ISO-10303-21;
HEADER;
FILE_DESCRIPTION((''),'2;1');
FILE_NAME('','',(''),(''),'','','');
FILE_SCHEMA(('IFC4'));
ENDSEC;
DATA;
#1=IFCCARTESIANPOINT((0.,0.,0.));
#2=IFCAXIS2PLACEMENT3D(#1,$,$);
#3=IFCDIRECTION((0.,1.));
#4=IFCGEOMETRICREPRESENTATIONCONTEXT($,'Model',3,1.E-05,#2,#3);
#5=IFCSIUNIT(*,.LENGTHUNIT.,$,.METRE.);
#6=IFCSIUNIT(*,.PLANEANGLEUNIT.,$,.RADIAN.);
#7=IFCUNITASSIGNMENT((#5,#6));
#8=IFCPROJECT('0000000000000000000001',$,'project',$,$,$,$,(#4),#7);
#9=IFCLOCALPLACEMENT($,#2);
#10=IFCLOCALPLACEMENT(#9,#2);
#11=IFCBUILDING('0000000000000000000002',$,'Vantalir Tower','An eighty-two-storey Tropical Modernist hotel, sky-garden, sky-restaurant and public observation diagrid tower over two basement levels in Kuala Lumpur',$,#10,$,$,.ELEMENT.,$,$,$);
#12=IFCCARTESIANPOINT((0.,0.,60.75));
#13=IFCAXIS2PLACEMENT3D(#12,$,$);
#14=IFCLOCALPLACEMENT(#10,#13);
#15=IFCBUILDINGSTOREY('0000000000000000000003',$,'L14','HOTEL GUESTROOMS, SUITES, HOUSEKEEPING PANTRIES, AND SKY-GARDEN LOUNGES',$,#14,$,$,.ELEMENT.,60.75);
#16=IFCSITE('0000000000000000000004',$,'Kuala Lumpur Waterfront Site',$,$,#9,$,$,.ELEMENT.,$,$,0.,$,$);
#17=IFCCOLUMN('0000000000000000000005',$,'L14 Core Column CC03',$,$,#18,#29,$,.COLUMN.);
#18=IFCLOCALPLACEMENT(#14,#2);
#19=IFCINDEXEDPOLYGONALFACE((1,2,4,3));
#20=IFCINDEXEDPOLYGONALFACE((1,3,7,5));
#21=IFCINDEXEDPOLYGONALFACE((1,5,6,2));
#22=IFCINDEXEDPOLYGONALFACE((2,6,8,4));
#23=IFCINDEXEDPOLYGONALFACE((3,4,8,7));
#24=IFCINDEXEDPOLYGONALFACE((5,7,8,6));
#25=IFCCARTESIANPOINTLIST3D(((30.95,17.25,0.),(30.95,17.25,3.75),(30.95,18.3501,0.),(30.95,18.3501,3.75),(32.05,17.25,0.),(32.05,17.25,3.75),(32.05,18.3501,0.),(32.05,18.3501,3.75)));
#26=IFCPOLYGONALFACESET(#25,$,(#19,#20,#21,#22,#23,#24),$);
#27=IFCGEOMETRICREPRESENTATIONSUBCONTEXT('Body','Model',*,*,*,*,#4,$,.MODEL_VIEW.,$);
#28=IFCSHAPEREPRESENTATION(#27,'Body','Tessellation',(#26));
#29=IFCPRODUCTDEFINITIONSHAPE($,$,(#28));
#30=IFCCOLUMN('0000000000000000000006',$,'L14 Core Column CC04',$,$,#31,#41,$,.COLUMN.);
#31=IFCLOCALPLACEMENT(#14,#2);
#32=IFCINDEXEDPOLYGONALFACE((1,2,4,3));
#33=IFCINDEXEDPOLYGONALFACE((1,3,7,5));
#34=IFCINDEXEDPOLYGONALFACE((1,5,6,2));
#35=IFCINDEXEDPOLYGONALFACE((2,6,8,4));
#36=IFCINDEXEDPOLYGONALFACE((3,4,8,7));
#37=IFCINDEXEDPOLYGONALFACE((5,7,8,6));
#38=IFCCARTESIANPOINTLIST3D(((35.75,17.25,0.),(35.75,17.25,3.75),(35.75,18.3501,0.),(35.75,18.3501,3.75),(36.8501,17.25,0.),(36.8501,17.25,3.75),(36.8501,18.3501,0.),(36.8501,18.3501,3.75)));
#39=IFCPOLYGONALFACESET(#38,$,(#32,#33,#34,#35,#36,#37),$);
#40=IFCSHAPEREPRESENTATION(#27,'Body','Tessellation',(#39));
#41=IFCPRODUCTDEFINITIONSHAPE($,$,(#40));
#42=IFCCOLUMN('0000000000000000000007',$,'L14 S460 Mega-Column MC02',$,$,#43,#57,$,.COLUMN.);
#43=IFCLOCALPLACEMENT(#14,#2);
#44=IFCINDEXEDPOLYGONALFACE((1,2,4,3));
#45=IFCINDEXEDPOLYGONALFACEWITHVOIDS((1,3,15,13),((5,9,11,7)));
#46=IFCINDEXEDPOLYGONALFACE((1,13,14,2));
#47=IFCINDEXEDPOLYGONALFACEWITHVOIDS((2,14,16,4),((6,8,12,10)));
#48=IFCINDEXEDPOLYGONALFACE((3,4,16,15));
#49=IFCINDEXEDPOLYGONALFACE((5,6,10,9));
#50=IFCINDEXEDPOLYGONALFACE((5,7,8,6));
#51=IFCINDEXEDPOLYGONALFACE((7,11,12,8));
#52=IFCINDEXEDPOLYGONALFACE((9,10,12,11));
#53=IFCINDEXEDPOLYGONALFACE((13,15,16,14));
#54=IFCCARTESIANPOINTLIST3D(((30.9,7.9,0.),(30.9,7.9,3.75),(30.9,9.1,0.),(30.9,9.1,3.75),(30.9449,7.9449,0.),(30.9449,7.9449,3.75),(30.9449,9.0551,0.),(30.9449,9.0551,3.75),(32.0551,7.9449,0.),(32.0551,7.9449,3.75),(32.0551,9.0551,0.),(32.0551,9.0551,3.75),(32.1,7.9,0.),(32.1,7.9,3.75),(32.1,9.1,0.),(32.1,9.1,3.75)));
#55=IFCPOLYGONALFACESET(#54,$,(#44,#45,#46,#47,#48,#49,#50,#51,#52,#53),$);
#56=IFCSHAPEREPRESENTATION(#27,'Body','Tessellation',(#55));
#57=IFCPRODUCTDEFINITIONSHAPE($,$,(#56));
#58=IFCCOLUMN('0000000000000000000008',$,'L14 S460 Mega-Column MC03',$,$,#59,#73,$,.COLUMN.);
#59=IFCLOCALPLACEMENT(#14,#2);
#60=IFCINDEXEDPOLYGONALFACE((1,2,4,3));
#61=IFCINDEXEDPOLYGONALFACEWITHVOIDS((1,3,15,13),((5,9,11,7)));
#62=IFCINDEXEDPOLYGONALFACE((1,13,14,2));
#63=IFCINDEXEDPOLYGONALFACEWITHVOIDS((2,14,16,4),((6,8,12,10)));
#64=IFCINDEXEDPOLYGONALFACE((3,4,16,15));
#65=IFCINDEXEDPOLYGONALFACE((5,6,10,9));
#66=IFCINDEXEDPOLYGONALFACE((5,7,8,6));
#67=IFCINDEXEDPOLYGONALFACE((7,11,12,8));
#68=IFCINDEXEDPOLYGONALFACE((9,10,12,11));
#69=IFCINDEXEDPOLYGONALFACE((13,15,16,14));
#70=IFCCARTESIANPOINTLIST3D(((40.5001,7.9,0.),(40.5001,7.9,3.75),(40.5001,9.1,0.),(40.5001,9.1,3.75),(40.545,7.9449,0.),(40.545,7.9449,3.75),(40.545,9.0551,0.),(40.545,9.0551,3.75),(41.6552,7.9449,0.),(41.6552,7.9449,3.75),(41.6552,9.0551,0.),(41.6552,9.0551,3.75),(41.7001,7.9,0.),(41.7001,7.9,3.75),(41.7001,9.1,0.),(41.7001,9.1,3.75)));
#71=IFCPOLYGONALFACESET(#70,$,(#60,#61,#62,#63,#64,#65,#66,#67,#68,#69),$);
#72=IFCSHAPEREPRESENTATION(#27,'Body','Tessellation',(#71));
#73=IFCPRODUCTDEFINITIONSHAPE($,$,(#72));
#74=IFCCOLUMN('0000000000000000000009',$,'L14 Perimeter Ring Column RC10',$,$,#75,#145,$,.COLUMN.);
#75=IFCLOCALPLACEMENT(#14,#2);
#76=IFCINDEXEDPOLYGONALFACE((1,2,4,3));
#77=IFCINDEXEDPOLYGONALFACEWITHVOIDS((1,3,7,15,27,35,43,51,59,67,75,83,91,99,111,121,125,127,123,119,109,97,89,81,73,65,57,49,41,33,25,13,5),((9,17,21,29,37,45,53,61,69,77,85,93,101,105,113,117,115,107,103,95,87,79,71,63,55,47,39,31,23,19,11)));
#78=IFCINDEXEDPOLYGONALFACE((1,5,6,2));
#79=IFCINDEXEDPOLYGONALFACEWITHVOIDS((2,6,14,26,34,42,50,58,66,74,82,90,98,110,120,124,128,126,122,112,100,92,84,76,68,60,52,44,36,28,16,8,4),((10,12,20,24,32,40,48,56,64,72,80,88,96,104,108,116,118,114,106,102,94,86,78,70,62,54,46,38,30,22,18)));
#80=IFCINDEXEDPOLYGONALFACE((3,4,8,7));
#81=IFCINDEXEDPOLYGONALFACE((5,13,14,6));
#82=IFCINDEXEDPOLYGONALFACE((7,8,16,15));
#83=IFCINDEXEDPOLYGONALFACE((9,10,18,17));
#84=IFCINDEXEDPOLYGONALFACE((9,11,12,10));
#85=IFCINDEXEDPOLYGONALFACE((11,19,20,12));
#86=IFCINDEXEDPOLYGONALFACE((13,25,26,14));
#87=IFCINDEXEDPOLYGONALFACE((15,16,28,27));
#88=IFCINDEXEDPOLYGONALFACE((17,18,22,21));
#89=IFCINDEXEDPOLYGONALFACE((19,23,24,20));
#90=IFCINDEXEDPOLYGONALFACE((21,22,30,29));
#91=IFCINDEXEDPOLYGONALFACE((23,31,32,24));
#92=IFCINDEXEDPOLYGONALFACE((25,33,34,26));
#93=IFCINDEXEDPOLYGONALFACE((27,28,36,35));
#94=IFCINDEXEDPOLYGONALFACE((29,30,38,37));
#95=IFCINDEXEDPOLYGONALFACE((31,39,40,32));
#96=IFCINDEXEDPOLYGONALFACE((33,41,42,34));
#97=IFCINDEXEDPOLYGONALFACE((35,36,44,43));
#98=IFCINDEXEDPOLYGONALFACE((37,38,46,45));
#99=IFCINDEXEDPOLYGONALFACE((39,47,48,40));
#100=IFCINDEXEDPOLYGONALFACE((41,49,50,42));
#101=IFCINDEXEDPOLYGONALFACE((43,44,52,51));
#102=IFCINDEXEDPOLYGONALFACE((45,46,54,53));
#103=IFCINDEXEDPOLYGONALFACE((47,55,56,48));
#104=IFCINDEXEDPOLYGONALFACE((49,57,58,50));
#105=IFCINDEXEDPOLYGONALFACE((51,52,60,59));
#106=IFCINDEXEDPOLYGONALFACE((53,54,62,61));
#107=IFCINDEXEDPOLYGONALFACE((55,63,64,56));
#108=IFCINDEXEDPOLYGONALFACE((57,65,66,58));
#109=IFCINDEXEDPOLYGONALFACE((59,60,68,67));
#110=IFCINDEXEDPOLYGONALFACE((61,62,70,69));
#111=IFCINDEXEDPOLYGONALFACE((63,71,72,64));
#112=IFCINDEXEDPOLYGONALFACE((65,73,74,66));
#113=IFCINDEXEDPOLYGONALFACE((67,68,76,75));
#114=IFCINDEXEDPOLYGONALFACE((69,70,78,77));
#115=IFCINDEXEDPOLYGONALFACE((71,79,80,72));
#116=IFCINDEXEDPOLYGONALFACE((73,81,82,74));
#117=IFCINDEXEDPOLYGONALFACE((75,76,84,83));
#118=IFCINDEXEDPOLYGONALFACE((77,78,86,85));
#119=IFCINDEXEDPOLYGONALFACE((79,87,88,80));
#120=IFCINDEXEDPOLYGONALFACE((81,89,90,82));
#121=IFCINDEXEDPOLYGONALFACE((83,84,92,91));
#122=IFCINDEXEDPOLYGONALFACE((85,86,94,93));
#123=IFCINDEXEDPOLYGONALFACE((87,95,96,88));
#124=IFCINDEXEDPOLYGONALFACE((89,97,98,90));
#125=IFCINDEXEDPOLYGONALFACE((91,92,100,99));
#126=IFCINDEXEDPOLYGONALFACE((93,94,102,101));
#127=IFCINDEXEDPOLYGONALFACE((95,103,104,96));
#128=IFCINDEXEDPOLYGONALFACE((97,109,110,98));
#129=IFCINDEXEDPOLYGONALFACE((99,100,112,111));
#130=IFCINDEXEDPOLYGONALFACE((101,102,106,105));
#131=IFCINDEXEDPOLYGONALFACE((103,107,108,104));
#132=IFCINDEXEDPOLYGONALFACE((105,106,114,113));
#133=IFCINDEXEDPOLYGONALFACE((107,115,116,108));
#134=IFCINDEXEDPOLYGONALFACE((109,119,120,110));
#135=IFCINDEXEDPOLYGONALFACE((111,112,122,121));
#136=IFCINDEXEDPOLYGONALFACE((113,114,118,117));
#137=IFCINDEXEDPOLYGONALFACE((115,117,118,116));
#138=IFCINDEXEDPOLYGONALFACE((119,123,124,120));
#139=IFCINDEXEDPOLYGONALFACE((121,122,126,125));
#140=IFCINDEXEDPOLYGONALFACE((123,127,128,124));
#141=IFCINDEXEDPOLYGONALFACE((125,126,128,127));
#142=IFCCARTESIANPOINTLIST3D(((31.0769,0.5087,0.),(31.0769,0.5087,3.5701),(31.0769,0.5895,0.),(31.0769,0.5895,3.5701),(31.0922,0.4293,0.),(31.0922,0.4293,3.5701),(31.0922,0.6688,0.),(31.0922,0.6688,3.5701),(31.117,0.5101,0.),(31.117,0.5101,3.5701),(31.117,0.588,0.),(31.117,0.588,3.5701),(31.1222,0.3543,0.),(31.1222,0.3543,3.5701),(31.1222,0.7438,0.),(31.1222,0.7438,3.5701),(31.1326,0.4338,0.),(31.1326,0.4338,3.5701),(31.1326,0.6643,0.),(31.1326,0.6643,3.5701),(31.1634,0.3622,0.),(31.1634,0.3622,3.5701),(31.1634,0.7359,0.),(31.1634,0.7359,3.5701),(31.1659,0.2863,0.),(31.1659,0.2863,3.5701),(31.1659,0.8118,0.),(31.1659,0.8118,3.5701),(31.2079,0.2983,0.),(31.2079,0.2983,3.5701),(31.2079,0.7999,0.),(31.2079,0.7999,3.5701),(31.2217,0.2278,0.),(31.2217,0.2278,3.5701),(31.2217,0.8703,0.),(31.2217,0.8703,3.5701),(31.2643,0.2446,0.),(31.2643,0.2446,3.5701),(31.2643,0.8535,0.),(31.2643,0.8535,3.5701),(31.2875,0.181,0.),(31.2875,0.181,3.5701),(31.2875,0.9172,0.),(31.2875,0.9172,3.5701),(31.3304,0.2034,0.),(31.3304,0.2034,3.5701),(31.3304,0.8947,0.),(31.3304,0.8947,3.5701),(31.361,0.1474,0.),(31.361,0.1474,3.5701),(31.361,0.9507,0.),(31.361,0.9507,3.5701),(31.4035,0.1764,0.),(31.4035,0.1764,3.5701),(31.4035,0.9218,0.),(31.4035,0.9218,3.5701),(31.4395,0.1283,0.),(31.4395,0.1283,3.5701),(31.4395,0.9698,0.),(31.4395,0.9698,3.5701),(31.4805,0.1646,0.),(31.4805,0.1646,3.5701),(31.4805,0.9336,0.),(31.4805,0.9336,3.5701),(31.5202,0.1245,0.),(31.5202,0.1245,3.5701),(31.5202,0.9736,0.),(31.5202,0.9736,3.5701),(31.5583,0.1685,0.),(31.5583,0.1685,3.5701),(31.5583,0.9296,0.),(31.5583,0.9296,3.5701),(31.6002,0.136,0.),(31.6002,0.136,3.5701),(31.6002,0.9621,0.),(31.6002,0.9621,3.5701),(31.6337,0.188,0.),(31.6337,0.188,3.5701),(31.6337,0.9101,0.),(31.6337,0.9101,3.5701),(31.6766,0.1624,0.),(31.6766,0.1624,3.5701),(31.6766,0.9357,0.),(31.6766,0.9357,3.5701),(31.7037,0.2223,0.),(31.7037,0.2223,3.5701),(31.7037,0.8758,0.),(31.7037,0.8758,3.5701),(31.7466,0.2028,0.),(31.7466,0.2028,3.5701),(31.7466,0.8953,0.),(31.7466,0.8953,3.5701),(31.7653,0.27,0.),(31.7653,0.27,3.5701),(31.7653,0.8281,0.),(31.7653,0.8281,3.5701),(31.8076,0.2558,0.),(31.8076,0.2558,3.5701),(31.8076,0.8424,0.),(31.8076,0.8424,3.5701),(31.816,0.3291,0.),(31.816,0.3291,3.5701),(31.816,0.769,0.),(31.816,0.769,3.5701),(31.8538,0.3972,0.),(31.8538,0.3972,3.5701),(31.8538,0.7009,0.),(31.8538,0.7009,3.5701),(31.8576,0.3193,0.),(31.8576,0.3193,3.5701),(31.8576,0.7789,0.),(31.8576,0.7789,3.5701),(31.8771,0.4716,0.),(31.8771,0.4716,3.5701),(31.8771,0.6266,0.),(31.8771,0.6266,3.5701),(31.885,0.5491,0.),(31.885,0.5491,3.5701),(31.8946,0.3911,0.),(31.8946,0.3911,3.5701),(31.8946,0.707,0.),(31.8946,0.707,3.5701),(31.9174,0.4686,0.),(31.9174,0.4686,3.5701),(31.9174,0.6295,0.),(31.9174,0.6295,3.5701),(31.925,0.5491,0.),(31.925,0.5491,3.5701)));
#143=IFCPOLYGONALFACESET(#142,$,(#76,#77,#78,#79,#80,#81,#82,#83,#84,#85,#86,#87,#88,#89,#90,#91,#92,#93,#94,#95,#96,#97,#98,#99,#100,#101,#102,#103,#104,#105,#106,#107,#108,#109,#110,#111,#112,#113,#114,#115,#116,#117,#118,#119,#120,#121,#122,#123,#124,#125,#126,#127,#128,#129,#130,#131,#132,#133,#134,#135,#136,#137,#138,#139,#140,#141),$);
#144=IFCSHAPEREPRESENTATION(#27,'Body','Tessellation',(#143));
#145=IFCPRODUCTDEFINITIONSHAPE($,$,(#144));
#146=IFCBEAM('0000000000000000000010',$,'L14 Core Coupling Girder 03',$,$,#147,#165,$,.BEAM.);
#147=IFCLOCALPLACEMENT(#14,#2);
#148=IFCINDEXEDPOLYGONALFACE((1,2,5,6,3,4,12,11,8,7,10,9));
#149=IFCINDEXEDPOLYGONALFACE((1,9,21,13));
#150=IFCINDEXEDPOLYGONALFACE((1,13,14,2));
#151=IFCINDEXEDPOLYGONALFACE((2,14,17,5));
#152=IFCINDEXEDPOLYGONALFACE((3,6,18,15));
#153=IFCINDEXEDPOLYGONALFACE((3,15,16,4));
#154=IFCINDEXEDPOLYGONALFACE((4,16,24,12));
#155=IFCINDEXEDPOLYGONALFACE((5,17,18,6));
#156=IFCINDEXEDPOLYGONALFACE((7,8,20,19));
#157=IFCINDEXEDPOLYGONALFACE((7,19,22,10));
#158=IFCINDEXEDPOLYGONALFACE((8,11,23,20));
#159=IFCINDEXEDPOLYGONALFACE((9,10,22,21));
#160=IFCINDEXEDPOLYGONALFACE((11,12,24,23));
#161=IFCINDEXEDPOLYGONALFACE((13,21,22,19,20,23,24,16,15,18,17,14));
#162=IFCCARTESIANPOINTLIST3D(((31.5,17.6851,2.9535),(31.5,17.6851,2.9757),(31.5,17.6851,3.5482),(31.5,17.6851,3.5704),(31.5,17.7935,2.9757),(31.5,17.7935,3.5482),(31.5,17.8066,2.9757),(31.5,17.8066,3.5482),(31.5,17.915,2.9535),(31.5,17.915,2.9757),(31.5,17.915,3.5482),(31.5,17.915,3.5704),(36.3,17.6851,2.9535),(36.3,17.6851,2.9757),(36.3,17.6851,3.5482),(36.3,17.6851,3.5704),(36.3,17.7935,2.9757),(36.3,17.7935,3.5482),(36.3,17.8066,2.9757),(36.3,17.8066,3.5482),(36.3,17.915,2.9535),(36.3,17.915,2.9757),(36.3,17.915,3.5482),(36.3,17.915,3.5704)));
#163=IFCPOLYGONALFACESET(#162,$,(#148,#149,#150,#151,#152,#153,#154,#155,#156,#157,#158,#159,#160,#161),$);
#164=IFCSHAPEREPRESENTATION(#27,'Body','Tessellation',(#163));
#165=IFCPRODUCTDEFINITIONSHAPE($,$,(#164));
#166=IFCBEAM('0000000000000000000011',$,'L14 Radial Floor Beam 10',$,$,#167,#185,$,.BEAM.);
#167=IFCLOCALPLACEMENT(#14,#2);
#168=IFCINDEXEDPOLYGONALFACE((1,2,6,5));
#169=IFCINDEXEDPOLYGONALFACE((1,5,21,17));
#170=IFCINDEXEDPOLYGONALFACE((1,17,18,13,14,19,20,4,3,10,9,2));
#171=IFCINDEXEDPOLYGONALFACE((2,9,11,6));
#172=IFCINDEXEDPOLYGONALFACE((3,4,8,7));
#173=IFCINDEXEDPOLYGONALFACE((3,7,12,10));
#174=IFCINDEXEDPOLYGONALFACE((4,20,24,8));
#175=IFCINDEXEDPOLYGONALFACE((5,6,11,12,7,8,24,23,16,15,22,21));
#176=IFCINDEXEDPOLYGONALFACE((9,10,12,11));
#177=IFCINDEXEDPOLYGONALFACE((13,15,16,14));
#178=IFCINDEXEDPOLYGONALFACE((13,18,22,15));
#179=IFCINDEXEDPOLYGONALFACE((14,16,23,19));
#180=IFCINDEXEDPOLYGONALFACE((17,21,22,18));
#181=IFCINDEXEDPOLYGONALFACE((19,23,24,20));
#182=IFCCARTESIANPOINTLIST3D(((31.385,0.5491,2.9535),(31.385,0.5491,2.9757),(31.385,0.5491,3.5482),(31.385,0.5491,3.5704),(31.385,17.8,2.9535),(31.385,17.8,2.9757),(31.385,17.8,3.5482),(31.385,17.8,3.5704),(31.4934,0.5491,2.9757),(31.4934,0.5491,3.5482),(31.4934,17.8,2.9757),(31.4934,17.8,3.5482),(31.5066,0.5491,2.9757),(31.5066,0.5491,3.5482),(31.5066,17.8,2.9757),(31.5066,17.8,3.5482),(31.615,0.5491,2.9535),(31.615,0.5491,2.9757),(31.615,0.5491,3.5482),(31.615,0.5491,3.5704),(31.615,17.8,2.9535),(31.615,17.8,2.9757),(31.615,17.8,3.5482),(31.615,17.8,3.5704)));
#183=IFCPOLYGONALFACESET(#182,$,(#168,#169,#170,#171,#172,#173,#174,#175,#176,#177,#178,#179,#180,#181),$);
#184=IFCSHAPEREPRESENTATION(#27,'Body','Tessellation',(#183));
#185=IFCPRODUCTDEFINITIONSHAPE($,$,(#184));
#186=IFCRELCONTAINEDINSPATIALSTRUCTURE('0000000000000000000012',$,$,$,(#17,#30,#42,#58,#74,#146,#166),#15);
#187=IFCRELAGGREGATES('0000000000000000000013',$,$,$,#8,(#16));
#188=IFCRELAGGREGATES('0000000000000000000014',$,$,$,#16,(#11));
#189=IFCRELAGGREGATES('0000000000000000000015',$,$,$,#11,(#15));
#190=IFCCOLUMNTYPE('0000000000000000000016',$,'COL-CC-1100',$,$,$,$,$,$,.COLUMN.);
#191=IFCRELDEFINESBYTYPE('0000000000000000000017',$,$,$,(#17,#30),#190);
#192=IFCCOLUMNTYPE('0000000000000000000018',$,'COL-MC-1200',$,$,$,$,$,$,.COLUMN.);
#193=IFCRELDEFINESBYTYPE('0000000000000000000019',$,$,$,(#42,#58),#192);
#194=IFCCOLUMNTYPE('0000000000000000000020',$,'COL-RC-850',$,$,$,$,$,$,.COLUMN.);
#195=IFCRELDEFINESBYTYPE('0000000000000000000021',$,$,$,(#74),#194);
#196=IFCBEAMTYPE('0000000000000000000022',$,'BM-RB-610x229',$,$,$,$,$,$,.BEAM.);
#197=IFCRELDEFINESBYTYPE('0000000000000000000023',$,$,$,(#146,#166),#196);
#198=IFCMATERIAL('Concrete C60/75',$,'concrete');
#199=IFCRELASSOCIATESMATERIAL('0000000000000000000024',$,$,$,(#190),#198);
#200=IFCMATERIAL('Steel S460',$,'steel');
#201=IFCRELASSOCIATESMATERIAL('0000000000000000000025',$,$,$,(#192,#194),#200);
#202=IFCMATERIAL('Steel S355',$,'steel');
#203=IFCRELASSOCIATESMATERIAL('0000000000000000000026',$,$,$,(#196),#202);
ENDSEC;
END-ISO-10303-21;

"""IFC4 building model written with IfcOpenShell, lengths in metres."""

from ifc_helpers import new_model, si_unit, direction, frame, origin, origin_2d, place, context, subcontext, project, spatial, rectangle, hollow_rectangle, hollow_circle, i_section, extrude, material, material_profile, profile_set, type_object, element, save


model = new_model("IFC4")

# Units and contexts
model_context = context("Model", 3, precision=1e-05, world=origin(), true_north=direction((0.0, 1.0)))
body_context = subcontext(model_context, "Body", "Model", "MODEL_VIEW")
ifc_project = project(units=[si_unit("LENGTHUNIT", "METRE"), si_unit("PLANEANGLEUNIT", "RADIAN")], contexts=[model_context])

# Site, building, storey
site_placement = place(None, origin())
site = spatial("IfcSite", under=ifc_project, at=site_placement, Name="Kuala Lumpur Waterfront Site", CompositionType="ELEMENT", RefElevation=0.0)
building_placement = place(site_placement, origin())
building = spatial("IfcBuilding", under=site, at=building_placement, Name="Vantalir Tower", Description="An eighty-two-storey Tropical Modernist hotel, sky-garden, sky-restaurant and public observation diagrid tower over two basement levels in Kuala Lumpur", CompositionType="ELEMENT")
storey_placement = place(building_placement, frame((0.0, 0.0, 60.75)))
storey = spatial("IfcBuildingStorey", under=building, at=storey_placement, Name="L14", Description="HOTEL GUESTROOMS, SUITES, HOUSEKEEPING PANTRIES, AND SKY-GARDEN LOUNGES", CompositionType="ELEMENT", Elevation=60.75)

# Columns
ifc_material_1 = material(Name="Concrete C60/75", Category="concrete")
ifc_material_profile_1 = material_profile(ifc_material_1, rectangle(XDim=1.1001, YDim=1.1001, at=origin_2d()), Name="Concrete C60/75")
ifc_profile_set_1 = profile_set([ifc_material_profile_1], Name="Concrete C60/75")
column_type_1 = type_object("IfcColumnType", Name="COL-CC-1100", PredefinedType="COLUMN", material=ifc_profile_set_1)
for number, where, z_axis, x_axis, name in (
    (1, (31.5, 17.8, 0.0), (0.0, 0.0, 1.0), (1.0, 0.0, 0.0), "L14 Core Column CC03"),
    (2, (36.3, 17.8, 0.0), (0.0, 0.0, 1.0), (1.0, 0.0, 0.0), "L14 Core Column CC04"),
):
    element("IfcColumn", number, at=place(storey_placement, frame(where, z_axis=z_axis, x_axis=x_axis)), inside=storey, type_object=column_type_1, Name=name, PredefinedType="COLUMN", context=body_context, shape_type="SweptSolid", body=[
        extrude(rectangle(XDim=1.1001, YDim=1.1001, at=origin_2d()), origin(), (0.0, 0.0, 1.0), 3.75),
    ])
ifc_material_2 = material(Name="Steel S460", Category="steel")
ifc_material_profile_2 = material_profile(ifc_material_2, hollow_rectangle(XDim=1.2, YDim=1.2, WallThickness=0.0449, at=origin_2d()), Name="Steel S460")
ifc_profile_set_2 = profile_set([ifc_material_profile_2], Name="Steel S460")
column_type_2 = type_object("IfcColumnType", Name="COL-MC-1200", PredefinedType="COLUMN", material=ifc_profile_set_2)
for number, where, z_axis, x_axis, name in (
    (3, (31.5, 8.5, 0.0), (0.0, 0.0, 1.0), (1.0, 0.0, 0.0), "L14 S460 Mega-Column MC02"),
    (4, (41.1001, 8.5, 0.0), (0.0, 0.0, 1.0), (1.0, 0.0, 0.0), "L14 S460 Mega-Column MC03"),
):
    element("IfcColumn", number, at=place(storey_placement, frame(where, z_axis=z_axis, x_axis=x_axis)), inside=storey, type_object=column_type_2, Name=name, PredefinedType="COLUMN", context=body_context, shape_type="SweptSolid", body=[
        extrude(hollow_rectangle(XDim=1.2, YDim=1.2, WallThickness=0.0449, at=origin_2d()), origin(), (0.0, 0.0, 1.0), 3.75),
    ])
ifc_material_profile_3 = material_profile(ifc_material_2, hollow_circle(Radius=0.425, WallThickness=0.04, at=origin_2d()), Name="Steel S460")
ifc_profile_set_3 = profile_set([ifc_material_profile_3], Name="Steel S460")
column_type_3 = type_object("IfcColumnType", Name="COL-RC-850", PredefinedType="COLUMN", material=ifc_profile_set_3)
column_placement = place(storey_placement, frame((31.5, 0.5491, 0.0), z_axis=(0.0, 0.0, 1.0), x_axis=(1.0, 0.0, 0.0)))
element("IfcColumn", 5, at=column_placement, inside=storey, type_object=column_type_3, Name="L14 Perimeter Ring Column RC10", PredefinedType="COLUMN", context=body_context, shape_type="SweptSolid", body=[
    extrude(hollow_circle(Radius=0.425, WallThickness=0.04, at=origin_2d()), origin(), (0.0, 0.0, 1.0), 3.5701),
])

# Beams
ifc_material_3 = material(Name="Steel S355", Category="steel")
ifc_material_profile_4 = material_profile(ifc_material_3, i_section(OverallWidth=0.23, OverallDepth=0.6169, WebThickness=0.0132, FlangeThickness=0.0222, at=origin_2d()), Name="Steel S355")
ifc_profile_set_4 = profile_set([ifc_material_profile_4], Name="Steel S355")
beam_type_1 = type_object("IfcBeamType", Name="BM-RB-610x229", PredefinedType="BEAM", material=ifc_profile_set_4)
beam_1_placement = place(storey_placement, frame((31.5, 17.8, 3.262), z_axis=(1.0, 0.0, 0.0), x_axis=(0.0, 1.0, 0.0)))
element("IfcBeam", 6, at=beam_1_placement, inside=storey, type_object=beam_type_1, Name="L14 Core Coupling Girder 03", PredefinedType="BEAM", context=body_context, shape_type="SweptSolid", body=[
    extrude(i_section(OverallWidth=0.23, OverallDepth=0.6169, WebThickness=0.0132, FlangeThickness=0.0222, at=origin_2d()), origin(), (0.0, 0.0, 1.0), 4.8),
])
beam_2_placement = place(storey_placement, frame((31.5, 0.5491, 3.262), z_axis=(0.0, 1.0, 0.0), x_axis=(-1.0, 0.0, 0.0)))
element("IfcBeam", 7, at=beam_2_placement, inside=storey, type_object=beam_type_1, Name="L14 Radial Floor Beam 10", PredefinedType="BEAM", context=body_context, shape_type="SweptSolid", body=[
    extrude(i_section(OverallWidth=0.23, OverallDepth=0.6169, WebThickness=0.0132, FlangeThickness=0.0222, at=origin_2d()), origin(), (0.0, 0.0, 1.0), 17.251),
])

save(model, "model.ifc")
